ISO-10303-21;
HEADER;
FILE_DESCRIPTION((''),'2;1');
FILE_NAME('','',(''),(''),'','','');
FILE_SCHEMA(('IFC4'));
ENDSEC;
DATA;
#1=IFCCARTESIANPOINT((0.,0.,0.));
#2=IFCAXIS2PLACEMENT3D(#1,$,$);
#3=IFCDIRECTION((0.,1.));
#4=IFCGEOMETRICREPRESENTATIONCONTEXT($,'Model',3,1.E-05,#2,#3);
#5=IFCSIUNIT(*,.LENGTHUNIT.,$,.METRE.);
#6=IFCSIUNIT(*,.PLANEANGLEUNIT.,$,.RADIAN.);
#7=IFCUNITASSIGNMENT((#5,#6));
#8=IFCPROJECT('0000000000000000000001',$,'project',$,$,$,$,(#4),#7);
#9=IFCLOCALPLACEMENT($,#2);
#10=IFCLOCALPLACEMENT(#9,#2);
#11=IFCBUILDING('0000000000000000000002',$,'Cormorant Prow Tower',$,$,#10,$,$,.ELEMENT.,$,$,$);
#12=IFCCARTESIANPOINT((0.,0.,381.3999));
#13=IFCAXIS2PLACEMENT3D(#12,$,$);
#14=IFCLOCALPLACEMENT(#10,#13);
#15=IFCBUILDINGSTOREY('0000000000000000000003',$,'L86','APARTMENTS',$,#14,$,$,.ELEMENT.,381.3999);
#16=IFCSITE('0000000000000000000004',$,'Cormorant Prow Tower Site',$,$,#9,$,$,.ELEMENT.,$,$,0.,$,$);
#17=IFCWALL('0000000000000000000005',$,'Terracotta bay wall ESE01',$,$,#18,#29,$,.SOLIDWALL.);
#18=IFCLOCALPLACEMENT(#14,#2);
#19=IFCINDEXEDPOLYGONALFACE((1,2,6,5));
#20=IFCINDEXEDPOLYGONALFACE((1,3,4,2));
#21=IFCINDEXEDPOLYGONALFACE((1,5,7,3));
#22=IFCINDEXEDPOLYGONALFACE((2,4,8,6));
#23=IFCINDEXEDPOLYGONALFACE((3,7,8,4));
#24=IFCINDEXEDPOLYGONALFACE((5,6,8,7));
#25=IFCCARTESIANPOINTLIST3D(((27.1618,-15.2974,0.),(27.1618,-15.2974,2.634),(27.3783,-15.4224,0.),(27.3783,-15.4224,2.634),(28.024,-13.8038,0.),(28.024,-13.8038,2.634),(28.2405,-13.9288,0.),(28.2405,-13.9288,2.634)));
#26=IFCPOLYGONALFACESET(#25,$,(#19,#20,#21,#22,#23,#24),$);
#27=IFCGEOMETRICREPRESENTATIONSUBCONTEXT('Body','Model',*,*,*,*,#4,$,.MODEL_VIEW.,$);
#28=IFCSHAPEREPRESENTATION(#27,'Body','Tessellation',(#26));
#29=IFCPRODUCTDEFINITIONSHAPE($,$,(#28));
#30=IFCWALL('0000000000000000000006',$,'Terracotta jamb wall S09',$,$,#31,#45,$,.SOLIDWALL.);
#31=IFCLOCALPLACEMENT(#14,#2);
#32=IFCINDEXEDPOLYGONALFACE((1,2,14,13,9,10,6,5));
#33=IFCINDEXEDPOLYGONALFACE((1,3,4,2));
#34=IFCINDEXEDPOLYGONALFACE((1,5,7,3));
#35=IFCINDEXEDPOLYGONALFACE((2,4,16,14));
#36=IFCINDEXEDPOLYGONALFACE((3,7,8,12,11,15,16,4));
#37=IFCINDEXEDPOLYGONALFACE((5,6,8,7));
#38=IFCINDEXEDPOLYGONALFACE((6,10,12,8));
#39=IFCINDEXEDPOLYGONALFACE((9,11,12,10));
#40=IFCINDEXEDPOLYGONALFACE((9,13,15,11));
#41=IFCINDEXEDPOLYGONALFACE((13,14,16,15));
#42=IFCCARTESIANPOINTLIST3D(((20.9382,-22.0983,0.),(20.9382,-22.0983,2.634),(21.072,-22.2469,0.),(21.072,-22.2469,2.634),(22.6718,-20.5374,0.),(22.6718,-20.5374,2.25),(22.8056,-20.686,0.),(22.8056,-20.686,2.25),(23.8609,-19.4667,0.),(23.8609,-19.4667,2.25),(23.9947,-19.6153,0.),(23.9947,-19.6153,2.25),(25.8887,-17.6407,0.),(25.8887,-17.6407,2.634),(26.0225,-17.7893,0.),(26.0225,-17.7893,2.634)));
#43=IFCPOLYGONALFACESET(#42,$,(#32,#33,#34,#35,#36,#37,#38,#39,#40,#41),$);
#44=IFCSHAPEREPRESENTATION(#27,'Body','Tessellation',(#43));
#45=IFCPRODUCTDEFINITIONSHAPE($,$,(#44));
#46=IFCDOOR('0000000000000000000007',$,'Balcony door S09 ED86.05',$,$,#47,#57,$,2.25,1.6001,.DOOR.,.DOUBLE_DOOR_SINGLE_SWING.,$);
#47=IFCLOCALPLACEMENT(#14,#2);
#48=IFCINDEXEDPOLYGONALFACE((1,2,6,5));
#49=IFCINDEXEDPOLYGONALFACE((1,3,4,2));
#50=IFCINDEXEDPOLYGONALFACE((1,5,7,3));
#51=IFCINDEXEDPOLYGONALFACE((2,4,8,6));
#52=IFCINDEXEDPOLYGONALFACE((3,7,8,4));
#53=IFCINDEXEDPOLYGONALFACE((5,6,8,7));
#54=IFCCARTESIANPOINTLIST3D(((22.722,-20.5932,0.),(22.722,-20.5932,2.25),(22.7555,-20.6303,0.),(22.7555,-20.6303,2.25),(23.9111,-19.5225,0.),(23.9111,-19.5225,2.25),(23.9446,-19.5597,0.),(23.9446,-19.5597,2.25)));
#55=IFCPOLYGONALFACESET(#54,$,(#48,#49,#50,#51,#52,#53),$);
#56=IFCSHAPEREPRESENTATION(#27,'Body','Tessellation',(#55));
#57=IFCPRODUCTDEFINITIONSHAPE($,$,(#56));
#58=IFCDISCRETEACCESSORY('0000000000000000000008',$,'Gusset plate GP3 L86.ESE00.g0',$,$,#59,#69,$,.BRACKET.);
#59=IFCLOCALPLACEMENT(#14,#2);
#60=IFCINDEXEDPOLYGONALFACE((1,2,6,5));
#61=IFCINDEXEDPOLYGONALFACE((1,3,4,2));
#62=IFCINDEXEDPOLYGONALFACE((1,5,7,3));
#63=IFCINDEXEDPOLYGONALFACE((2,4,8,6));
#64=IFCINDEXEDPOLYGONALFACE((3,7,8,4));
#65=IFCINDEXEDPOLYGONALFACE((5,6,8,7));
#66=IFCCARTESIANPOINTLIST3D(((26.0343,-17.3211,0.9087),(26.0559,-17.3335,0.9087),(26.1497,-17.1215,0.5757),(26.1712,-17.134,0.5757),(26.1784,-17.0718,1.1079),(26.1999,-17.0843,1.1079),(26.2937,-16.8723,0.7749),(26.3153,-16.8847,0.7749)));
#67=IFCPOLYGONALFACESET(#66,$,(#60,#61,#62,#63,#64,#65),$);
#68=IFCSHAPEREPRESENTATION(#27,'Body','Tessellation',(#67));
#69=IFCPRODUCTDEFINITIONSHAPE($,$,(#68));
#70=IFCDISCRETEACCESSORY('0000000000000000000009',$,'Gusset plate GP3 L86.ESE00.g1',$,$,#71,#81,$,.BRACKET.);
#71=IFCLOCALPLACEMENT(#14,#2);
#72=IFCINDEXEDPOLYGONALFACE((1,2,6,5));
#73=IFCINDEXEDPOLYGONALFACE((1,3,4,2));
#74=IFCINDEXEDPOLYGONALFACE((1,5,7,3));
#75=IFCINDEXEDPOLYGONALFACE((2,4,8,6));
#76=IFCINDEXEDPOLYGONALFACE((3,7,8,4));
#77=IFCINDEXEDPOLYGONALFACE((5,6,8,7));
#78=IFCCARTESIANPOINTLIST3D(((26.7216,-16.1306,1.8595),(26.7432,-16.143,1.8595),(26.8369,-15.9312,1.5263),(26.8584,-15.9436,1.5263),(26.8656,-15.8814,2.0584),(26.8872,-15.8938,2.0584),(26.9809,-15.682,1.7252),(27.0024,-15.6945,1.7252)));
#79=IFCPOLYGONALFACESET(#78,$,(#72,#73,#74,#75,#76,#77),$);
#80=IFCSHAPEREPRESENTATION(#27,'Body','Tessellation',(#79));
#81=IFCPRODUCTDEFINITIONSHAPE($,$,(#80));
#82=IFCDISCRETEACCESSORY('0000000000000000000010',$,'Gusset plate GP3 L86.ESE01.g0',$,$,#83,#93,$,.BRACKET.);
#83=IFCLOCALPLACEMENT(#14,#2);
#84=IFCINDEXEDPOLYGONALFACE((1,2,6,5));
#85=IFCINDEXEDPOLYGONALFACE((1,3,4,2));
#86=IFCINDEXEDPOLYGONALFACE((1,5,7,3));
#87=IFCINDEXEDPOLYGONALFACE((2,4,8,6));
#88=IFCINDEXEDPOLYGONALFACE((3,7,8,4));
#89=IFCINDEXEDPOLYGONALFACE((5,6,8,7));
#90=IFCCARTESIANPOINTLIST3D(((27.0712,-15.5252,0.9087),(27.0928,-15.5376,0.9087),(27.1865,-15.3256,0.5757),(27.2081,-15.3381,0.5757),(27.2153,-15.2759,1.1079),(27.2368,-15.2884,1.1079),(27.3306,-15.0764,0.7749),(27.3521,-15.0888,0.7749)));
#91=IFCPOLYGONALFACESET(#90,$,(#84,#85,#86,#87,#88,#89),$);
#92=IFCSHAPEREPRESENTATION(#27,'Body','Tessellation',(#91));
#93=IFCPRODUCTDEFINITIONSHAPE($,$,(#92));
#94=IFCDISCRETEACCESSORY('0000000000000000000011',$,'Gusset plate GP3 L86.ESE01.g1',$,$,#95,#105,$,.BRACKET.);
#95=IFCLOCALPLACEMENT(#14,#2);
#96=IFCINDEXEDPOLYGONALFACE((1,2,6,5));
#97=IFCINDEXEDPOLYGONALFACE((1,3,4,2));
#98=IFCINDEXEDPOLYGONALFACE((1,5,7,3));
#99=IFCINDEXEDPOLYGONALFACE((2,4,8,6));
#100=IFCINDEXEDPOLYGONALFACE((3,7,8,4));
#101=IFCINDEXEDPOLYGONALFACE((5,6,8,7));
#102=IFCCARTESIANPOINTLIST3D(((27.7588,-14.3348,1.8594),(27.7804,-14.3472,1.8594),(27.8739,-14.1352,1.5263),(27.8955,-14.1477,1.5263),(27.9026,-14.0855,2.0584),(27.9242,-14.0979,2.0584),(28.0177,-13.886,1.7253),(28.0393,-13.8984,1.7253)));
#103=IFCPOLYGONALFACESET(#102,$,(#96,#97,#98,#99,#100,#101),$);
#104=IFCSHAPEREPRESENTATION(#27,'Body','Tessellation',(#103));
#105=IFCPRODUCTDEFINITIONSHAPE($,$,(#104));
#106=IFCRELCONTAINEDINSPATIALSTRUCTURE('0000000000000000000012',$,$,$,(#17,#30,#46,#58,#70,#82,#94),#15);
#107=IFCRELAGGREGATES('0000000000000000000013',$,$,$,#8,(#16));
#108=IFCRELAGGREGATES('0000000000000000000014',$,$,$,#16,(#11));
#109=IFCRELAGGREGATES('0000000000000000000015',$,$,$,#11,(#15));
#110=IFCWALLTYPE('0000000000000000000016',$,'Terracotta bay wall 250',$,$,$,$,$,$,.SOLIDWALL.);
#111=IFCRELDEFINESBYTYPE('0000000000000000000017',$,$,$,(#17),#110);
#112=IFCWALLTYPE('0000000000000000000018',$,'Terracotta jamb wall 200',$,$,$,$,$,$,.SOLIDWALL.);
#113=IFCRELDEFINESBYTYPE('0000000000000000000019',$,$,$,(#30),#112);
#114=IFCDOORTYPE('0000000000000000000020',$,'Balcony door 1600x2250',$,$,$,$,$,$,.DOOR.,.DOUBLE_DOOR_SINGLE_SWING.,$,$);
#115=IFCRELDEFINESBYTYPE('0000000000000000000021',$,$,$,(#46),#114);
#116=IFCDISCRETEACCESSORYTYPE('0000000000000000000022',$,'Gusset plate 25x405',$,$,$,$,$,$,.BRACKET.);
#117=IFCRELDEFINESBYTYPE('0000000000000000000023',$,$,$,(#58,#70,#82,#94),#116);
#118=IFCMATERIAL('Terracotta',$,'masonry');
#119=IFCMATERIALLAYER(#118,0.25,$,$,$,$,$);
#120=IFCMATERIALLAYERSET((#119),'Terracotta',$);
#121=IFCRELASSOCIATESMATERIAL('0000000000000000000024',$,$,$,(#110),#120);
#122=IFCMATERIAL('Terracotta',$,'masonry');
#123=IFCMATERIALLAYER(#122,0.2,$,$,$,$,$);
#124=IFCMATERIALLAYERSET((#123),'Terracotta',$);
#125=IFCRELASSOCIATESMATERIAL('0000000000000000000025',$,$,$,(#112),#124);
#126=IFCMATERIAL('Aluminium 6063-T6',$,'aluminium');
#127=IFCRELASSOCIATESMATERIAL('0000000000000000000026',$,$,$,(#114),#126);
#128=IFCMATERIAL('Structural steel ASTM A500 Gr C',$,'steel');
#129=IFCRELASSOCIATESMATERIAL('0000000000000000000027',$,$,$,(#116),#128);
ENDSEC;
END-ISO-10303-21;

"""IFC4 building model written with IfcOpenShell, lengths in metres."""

from ifc_helpers import new_model, si_unit, direction, frame, frame_2d, origin, origin_2d, place, context, subcontext, project, spatial, rectangle, extrude, material, layer, layer_set, material_profile, profile_set, type_object, element, fill, save


model = new_model("IFC4")

# Units and contexts
model_context = context("Model", 3, precision=1e-05, world=origin(), true_north=direction((0.0, 1.0)))
body_context = subcontext(model_context, "Body", "Model", "MODEL_VIEW")
ifc_project = project(units=[si_unit("LENGTHUNIT", "METRE"), si_unit("PLANEANGLEUNIT", "RADIAN")], contexts=[model_context])

# Site, building, storey
site_placement = place(None, origin())
site = spatial("IfcSite", under=ifc_project, at=site_placement, Name="Cormorant Prow Tower Site", CompositionType="ELEMENT", RefElevation=0.0)
building_placement = place(site_placement, origin())
building = spatial("IfcBuilding", under=site, at=building_placement, Name="Cormorant Prow Tower", CompositionType="ELEMENT")
storey_placement = place(building_placement, frame((0.0, 0.0, 381.3999)))
storey = spatial("IfcBuildingStorey", under=building, at=storey_placement, Name="L86", Description="APARTMENTS", CompositionType="ELEMENT", Elevation=381.3999)

# Shared definitions
ifc_material_1 = material(Name="Terracotta", Category="masonry")
ifc_layer_1 = layer(ifc_material_1, 0.25)
ifc_layer_set_1 = layer_set([ifc_layer_1], Name="Terracotta")
wall_type_1 = type_object("IfcWallType", Name="Terracotta bay wall 250", PredefinedType="SOLIDWALL", material=ifc_layer_set_1)

# Wall
wall_1_placement = place(storey_placement, frame((27.27, -15.3599, 0.0), z_axis=(0.0, 0.0, 1.0), x_axis=(0.499976, 0.866039, 0.0)))
element("IfcWall", 1, at=wall_1_placement, inside=storey, type_object=wall_type_1, Name="Terracotta bay wall ESE01", PredefinedType="SOLIDWALL", context=body_context, shape_type="SweptSolid", body=[
    extrude(rectangle(XDim=1.7246, YDim=0.25, at=frame_2d((0.8623, 0.0))), origin(), (0.0, 0.0, 1.0), 2.634),
])

# Wall, opening, door
ifc_material_2 = material(Name="Terracotta", Category="masonry")
ifc_layer_2 = layer(ifc_material_2, 0.2)
ifc_layer_set_2 = layer_set([ifc_layer_2], Name="Terracotta")
wall_type_2 = type_object("IfcWallType", Name="Terracotta jamb wall 200", PredefinedType="SOLIDWALL", material=ifc_layer_set_2)
wall_2_placement = place(storey_placement, frame((21.0051, -22.1726, 0.0), z_axis=(0.0, 0.0, 1.0), x_axis=(0.743136, 0.669141, 0.0)))
wall_2 = element("IfcWall", 2, at=wall_2_placement, inside=storey, type_object=wall_type_2, Name="Terracotta jamb wall S09", PredefinedType="SOLIDWALL", context=body_context, shape_type="SweptSolid", body=[
    extrude(rectangle(XDim=6.6616, YDim=0.2, at=frame_2d((3.3308, 0.0))), origin(), (0.0, 0.0, 1.0), 2.634),
])
opening_1_placement = place(wall_2_placement, frame((2.3328, 0.0, 0.0)))
opening_1 = element("IfcOpeningElement", 3, at=opening_1_placement, cuts=wall_2, PredefinedType="OPENING", context=body_context, shape_type="SweptSolid", body=[
    extrude(rectangle(XDim=1.6001, YDim=2.25, at=frame_2d((0.8, 1.125))), frame((0.0, 0.1099, 0.0), z_axis=(0.0, -1.0, 0.0), x_axis=(1.0, 0.0, 0.0)), (0.0, 0.0, 1.0), 0.22),
])
ifc_material_3 = material(Name="Aluminium 6063-T6", Category="aluminium")
door_type_1 = type_object("IfcDoorType", Name="Balcony door 1600x2250", OperationType="DOUBLE_DOOR_SINGLE_SWING", PredefinedType="DOOR", material=ifc_material_3)
door_1_placement = place(opening_1_placement, origin())
door_1 = element("IfcDoor", 4, at=door_1_placement, inside=storey, type_object=door_type_1, Name="Balcony door S09 ED86.05", OperationType="DOUBLE_DOOR_SINGLE_SWING", OverallHeight=2.25, OverallWidth=1.6001, PredefinedType="DOOR", context=body_context, shape_type="SweptSolid", body=[
    extrude(rectangle(XDim=1.6001, YDim=2.25, at=frame_2d((0.8, 1.125))), frame((0.0, 0.0249, 0.0), z_axis=(0.0, -1.0, 0.0), x_axis=(1.0, 0.0, 0.0)), (0.0, 0.0, 1.0), 0.05),
])
fill(opening_1, door_1)

# Discrete accessories
ifc_material_4 = material(Name="Structural steel ASTM A500 Gr C", Category="steel")
ifc_material_profile_1 = material_profile(ifc_material_4, rectangle(XDim=0.0249, YDim=0.405, at=origin_2d()), Name="Gusset plate 25x405")
ifc_profile_set_1 = profile_set([ifc_material_profile_1], Name="Structural steel ASTM A500 Gr C")
discrete_accessory_type = type_object("IfcDiscreteAccessoryType", Name="Gusset plate 25x405", PredefinedType="BRACKET", material=ifc_profile_set_1)
discrete_accessory_1_placement = place(storey_placement, frame((26.2468, -16.9783, 0.9414), z_axis=(-0.411432, -0.711987, -0.569032), x_axis=(0.865832, -0.500334, 0.0)))
element("IfcDiscreteAccessory", 5, at=discrete_accessory_1_placement, inside=storey, type_object=discrete_accessory_type, Name="Gusset plate GP3 L86.ESE00.g0", PredefinedType="BRACKET", context=body_context, shape_type="SweptSolid", body=[
    extrude(rectangle(XDim=0.0249, YDim=0.405, at=origin_2d()), origin(), (0.0, 0.0, 1.0), 0.3501),
])
discrete_accessory_2_placement = place(storey_placement, frame((26.79, -16.0371, 1.6929), z_axis=(0.411596, 0.71227, 0.56856), x_axis=(-0.865832, 0.500334, 0.0)))
element("IfcDiscreteAccessory", 6, at=discrete_accessory_2_placement, inside=storey, type_object=discrete_accessory_type, Name="Gusset plate GP3 L86.ESE00.g1", PredefinedType="BRACKET", context=body_context, shape_type="SweptSolid", body=[
    extrude(rectangle(XDim=0.0249, YDim=0.405, at=origin_2d()), origin(), (0.0, 0.0, 1.0), 0.3499),
])
discrete_accessory_3_placement = place(storey_placement, frame((27.2837, -15.1824, 0.9414), z_axis=(-0.411432, -0.711987, -0.569032), x_axis=(0.865832, -0.500334, 0.0)))
element("IfcDiscreteAccessory", 7, at=discrete_accessory_3_placement, inside=storey, type_object=discrete_accessory_type, Name="Gusset plate GP3 L86.ESE01.g0", PredefinedType="BRACKET", context=body_context, shape_type="SweptSolid", body=[
    extrude(rectangle(XDim=0.0249, YDim=0.405, at=origin_2d()), origin(), (0.0, 0.0, 1.0), 0.3501),
])
discrete_accessory_4_placement = place(storey_placement, frame((27.8271, -14.2412, 1.6929), z_axis=(0.411016, 0.712474, 0.568723), x_axis=(-0.8662, 0.499698, 0.0)))
element("IfcDiscreteAccessory", 8, at=discrete_accessory_4_placement, inside=storey, type_object=discrete_accessory_type, Name="Gusset plate GP3 L86.ESE01.g1", PredefinedType="BRACKET", context=body_context, shape_type="SweptSolid", body=[
    extrude(rectangle(XDim=0.0249, YDim=0.405, at=origin_2d()), origin(), (0.0, 0.0, 1.0), 0.3499),
])

save(model, "model.ifc")
